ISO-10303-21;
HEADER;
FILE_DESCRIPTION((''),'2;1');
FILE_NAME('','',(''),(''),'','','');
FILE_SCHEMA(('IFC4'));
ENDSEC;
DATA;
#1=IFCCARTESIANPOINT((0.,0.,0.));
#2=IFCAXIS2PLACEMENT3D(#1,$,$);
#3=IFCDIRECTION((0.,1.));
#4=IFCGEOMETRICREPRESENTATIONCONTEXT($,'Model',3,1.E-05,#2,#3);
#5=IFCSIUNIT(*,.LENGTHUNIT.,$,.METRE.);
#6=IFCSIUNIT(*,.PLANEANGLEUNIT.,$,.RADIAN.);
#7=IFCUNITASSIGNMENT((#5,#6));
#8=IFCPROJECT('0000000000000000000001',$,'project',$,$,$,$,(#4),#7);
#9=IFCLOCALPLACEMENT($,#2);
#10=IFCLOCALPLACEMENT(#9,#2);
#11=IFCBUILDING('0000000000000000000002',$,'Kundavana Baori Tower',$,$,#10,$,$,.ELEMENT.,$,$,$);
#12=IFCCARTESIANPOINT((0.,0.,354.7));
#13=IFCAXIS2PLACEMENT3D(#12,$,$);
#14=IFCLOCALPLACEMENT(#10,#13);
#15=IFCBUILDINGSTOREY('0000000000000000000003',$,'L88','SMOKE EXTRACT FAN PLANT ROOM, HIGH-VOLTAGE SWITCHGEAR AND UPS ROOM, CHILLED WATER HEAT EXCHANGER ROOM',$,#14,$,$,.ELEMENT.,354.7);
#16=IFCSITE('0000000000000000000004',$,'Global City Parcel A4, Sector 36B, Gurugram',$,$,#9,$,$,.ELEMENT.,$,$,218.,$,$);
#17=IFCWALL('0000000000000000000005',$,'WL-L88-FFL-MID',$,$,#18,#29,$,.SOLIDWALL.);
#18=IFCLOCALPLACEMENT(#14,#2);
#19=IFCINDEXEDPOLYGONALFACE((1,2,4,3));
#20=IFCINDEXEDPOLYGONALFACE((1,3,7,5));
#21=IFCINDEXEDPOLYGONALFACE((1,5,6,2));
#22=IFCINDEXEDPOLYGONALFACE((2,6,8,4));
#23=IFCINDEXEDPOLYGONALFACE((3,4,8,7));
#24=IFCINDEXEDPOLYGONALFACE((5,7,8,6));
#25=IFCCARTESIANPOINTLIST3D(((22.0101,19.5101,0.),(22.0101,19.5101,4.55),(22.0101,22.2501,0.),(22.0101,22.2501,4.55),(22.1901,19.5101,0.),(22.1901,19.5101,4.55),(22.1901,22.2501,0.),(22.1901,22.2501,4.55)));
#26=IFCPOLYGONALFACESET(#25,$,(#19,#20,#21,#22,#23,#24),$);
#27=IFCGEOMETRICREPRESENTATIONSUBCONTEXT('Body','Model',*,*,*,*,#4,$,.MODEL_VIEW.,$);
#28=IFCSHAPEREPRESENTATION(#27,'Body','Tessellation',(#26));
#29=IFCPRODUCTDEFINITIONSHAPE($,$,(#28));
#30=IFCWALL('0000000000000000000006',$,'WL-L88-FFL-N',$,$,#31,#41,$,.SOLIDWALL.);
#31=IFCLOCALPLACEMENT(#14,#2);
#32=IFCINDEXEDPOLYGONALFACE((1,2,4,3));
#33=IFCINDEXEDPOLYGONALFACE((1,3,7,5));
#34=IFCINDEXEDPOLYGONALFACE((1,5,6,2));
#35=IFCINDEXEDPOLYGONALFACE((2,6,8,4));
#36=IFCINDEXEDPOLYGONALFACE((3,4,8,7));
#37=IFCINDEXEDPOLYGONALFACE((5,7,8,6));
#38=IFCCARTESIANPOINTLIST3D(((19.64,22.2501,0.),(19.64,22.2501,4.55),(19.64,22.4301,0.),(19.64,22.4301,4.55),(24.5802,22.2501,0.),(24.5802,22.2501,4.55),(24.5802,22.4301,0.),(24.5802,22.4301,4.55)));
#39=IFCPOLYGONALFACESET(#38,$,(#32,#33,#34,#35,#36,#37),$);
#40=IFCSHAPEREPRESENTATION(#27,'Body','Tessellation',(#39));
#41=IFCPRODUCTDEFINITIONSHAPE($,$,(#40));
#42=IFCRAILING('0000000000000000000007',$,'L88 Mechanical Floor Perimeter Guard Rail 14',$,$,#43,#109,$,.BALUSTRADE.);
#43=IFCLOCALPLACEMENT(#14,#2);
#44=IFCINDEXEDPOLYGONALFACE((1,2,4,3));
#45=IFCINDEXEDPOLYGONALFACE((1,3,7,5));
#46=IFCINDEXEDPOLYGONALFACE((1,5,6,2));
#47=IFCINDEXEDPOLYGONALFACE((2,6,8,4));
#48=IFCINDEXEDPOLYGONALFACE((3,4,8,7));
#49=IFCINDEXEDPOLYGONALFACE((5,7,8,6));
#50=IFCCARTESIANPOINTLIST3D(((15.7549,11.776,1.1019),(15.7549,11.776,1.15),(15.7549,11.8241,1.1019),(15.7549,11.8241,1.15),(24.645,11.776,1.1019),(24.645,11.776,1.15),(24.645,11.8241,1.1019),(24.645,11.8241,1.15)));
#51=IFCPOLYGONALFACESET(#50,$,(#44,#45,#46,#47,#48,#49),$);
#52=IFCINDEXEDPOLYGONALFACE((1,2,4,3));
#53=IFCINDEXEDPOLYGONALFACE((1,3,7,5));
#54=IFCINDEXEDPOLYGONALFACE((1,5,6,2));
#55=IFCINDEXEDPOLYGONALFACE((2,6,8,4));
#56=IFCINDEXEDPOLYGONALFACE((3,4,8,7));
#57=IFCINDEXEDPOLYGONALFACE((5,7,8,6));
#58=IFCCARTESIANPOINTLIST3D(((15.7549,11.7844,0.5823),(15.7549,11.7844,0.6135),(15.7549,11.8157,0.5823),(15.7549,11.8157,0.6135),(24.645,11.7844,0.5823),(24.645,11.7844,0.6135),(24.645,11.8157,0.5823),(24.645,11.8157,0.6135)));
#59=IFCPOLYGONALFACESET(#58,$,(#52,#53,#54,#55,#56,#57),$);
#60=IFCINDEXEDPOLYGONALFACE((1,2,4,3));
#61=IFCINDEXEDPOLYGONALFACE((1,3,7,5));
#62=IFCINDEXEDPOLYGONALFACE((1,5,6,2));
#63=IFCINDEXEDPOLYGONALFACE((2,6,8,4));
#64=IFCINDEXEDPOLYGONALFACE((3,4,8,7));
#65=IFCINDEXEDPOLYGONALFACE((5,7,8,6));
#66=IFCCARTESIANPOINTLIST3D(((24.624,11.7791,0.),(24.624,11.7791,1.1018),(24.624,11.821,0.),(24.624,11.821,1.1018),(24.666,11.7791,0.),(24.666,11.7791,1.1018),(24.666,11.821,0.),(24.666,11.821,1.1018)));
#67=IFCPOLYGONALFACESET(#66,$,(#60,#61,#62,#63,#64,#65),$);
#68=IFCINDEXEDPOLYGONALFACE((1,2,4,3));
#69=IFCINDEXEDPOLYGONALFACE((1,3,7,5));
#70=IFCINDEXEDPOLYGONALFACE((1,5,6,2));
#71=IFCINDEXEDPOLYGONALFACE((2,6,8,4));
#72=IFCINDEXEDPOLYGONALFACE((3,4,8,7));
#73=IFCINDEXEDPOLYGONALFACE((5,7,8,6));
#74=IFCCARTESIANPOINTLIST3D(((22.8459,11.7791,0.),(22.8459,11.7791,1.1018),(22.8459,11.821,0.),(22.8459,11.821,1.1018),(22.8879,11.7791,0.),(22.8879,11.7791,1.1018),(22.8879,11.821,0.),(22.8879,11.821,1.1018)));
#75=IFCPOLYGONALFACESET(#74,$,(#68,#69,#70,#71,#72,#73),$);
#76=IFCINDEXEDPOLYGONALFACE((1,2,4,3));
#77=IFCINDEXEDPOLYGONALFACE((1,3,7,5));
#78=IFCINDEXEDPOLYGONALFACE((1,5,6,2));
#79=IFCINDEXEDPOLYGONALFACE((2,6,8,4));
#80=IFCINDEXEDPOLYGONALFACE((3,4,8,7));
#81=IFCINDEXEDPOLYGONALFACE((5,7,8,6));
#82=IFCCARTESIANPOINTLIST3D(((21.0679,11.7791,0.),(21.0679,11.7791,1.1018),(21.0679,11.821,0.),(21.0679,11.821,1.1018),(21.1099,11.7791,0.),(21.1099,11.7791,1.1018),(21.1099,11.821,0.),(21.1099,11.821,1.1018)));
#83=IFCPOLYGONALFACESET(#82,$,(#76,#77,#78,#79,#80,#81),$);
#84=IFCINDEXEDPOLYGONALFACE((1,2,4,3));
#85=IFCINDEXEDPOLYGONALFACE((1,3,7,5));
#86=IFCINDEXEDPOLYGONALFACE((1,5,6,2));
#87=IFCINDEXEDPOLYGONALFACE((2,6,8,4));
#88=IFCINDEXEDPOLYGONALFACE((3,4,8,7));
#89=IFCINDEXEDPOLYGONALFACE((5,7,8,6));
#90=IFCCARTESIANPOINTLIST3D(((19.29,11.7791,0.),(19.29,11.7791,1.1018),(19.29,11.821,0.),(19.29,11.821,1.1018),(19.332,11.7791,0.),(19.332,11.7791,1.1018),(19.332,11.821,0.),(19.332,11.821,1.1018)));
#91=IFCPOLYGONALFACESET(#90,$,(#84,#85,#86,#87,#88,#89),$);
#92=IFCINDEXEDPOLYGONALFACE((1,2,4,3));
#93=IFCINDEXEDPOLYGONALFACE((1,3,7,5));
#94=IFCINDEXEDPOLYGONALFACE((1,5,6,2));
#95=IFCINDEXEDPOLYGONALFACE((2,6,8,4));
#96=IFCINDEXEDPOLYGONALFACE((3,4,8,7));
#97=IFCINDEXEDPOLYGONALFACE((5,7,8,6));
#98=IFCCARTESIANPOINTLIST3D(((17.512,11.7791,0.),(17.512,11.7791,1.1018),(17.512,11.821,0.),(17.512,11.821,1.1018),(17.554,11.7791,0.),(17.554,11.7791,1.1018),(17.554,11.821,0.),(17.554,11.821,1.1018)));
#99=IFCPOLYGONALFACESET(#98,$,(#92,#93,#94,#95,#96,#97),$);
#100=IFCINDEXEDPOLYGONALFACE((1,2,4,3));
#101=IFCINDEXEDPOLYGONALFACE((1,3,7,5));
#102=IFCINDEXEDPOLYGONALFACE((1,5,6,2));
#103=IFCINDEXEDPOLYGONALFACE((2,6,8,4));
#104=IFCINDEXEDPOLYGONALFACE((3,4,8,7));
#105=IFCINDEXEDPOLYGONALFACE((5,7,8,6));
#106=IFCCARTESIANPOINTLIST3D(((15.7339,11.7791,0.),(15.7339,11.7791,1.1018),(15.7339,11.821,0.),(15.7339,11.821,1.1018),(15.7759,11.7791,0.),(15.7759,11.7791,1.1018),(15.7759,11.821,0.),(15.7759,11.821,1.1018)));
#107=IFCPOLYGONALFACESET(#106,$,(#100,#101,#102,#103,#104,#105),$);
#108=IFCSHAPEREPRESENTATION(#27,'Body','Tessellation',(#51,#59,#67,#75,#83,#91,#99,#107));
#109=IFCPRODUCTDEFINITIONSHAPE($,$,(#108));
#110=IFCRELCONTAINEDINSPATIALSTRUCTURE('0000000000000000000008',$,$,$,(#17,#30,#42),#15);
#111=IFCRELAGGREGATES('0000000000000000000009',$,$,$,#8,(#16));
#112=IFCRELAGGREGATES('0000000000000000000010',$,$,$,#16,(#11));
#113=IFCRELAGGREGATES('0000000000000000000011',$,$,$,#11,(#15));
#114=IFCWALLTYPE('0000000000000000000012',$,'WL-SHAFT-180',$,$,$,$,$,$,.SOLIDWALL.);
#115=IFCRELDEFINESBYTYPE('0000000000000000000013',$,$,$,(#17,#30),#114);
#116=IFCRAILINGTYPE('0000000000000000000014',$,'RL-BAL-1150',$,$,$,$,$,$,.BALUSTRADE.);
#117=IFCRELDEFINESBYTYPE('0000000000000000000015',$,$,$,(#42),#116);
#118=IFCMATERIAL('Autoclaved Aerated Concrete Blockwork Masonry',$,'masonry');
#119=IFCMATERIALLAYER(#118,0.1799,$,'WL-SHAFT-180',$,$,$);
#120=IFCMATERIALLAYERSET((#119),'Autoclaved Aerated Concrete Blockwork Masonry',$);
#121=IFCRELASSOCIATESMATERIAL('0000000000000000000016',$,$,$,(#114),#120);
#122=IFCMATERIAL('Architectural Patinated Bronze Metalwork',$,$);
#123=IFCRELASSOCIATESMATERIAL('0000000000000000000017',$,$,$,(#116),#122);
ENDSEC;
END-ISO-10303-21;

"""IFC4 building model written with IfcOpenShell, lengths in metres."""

from ifc_helpers import new_model, si_unit, direction, frame, frame_2d, origin, origin_2d, place, context, subcontext, project, spatial, rectangle, extrude, material, layer, layer_set, type_object, element, save


model = new_model("IFC4")

# Units and contexts
model_context = context("Model", 3, precision=1e-05, world=origin(), true_north=direction((0.0, 1.0)))
body_context = subcontext(model_context, "Body", "Model", "MODEL_VIEW")
ifc_project = project(units=[si_unit("LENGTHUNIT", "METRE"), si_unit("PLANEANGLEUNIT", "RADIAN")], contexts=[model_context])

# Site, building, storey
site_placement = place(None, origin())
site = spatial("IfcSite", under=ifc_project, at=site_placement, Name="Global City Parcel A4, Sector 36B, Gurugram", CompositionType="ELEMENT", RefElevation=218.0)
building_placement = place(site_placement, origin())
building = spatial("IfcBuilding", under=site, at=building_placement, Name="Kundavana Baori Tower", CompositionType="ELEMENT")
storey_placement = place(building_placement, frame((0.0, 0.0, 354.7)))
storey = spatial("IfcBuildingStorey", under=building, at=storey_placement, Name="L88", Description="SMOKE EXTRACT FAN PLANT ROOM, HIGH-VOLTAGE SWITCHGEAR AND UPS ROOM, CHILLED WATER HEAT EXCHANGER ROOM", CompositionType="ELEMENT", Elevation=354.7)

# Shared definitions
ifc_material_1 = material(Name="Autoclaved Aerated Concrete Blockwork Masonry", Category="masonry")
ifc_layer_1 = layer(ifc_material_1, 0.1799, Name="WL-SHAFT-180")
ifc_layer_set_1 = layer_set([ifc_layer_1], Name="Autoclaved Aerated Concrete Blockwork Masonry")
wall_type_1 = type_object("IfcWallType", Name="WL-SHAFT-180", PredefinedType="SOLIDWALL", material=ifc_layer_set_1)

# Walls
wall_1_placement = place(storey_placement, frame((22.1001, 19.51, 0.0), z_axis=(0.0, 0.0, 1.0), x_axis=(0.0, 1.0, 0.0)))
element("IfcWall", 1, at=wall_1_placement, inside=storey, type_object=wall_type_1, Name="WL-L88-FFL-MID", PredefinedType="SOLIDWALL", context=body_context, shape_type="SweptSolid", body=[
    extrude(rectangle(XDim=2.74, YDim=0.1799, at=frame_2d((1.3701, 0.0))), origin(), (0.0, 0.0, 1.0), 4.55),
])
wall_2_placement = place(storey_placement, frame((19.6399, 22.3401, 0.0), z_axis=(0.0, 0.0, 1.0), x_axis=(1.0, 0.0, 0.0)))
element("IfcWall", 2, at=wall_2_placement, inside=storey, type_object=wall_type_1, Name="WL-L88-FFL-N", PredefinedType="SOLIDWALL", context=body_context, shape_type="SweptSolid", body=[
    extrude(rectangle(XDim=4.9402, YDim=0.1799, at=frame_2d((2.4702, 0.0))), origin(), (0.0, 0.0, 1.0), 4.55),
])

# Railing
ifc_material_2 = material(Name="Architectural Patinated Bronze Metalwork")
railing_type = type_object("IfcRailingType", Name="RL-BAL-1150", PredefinedType="BALUSTRADE", material=ifc_material_2)
railing_placement = place(storey_placement, frame((24.645, 11.8, 0.0)))
element("IfcRailing", 3, at=railing_placement, inside=storey, type_object=railing_type, Name="L88 Mechanical Floor Perimeter Guard Rail 14", PredefinedType="BALUSTRADE", context=body_context, shape_type="SweptSolid", body=[
    extrude(rectangle(XDim=0.0481, YDim=0.0481, at=origin_2d()), frame((0.0, 0.0, 1.126), z_axis=(-1.0, 0.0, 0.0), x_axis=(0.0, -1.0, 0.0)), (0.0, 0.0, 1.0), 8.8901),
    extrude(rectangle(XDim=0.0312, YDim=0.0312, at=origin_2d()), frame((0.0, 0.0, 0.5979), z_axis=(-1.0, 0.0, 0.0), x_axis=(0.0, -1.0, 0.0)), (0.0, 0.0, 1.0), 8.8901),
    extrude(rectangle(XDim=0.042, YDim=0.042, at=origin_2d()), origin(), (0.0, 0.0, 1.0), 1.1018),
    extrude(rectangle(XDim=0.042, YDim=0.042, at=origin_2d()), frame((-1.7781, 0.0, 0.0)), (0.0, 0.0, 1.0), 1.1018),
    extrude(rectangle(XDim=0.042, YDim=0.042, at=origin_2d()), frame((-3.5562, 0.0, 0.0)), (0.0, 0.0, 1.0), 1.1018),
    extrude(rectangle(XDim=0.042, YDim=0.042, at=origin_2d()), frame((-5.334, 0.0, 0.0)), (0.0, 0.0, 1.0), 1.1018),
    extrude(rectangle(XDim=0.042, YDim=0.042, at=origin_2d()), frame((-7.1121, 0.0, 0.0)), (0.0, 0.0, 1.0), 1.1018),
    extrude(rectangle(XDim=0.042, YDim=0.042, at=origin_2d()), frame((-8.8901, 0.0, 0.0)), (0.0, 0.0, 1.0), 1.1018),
])

save(model, "model.ifc")
